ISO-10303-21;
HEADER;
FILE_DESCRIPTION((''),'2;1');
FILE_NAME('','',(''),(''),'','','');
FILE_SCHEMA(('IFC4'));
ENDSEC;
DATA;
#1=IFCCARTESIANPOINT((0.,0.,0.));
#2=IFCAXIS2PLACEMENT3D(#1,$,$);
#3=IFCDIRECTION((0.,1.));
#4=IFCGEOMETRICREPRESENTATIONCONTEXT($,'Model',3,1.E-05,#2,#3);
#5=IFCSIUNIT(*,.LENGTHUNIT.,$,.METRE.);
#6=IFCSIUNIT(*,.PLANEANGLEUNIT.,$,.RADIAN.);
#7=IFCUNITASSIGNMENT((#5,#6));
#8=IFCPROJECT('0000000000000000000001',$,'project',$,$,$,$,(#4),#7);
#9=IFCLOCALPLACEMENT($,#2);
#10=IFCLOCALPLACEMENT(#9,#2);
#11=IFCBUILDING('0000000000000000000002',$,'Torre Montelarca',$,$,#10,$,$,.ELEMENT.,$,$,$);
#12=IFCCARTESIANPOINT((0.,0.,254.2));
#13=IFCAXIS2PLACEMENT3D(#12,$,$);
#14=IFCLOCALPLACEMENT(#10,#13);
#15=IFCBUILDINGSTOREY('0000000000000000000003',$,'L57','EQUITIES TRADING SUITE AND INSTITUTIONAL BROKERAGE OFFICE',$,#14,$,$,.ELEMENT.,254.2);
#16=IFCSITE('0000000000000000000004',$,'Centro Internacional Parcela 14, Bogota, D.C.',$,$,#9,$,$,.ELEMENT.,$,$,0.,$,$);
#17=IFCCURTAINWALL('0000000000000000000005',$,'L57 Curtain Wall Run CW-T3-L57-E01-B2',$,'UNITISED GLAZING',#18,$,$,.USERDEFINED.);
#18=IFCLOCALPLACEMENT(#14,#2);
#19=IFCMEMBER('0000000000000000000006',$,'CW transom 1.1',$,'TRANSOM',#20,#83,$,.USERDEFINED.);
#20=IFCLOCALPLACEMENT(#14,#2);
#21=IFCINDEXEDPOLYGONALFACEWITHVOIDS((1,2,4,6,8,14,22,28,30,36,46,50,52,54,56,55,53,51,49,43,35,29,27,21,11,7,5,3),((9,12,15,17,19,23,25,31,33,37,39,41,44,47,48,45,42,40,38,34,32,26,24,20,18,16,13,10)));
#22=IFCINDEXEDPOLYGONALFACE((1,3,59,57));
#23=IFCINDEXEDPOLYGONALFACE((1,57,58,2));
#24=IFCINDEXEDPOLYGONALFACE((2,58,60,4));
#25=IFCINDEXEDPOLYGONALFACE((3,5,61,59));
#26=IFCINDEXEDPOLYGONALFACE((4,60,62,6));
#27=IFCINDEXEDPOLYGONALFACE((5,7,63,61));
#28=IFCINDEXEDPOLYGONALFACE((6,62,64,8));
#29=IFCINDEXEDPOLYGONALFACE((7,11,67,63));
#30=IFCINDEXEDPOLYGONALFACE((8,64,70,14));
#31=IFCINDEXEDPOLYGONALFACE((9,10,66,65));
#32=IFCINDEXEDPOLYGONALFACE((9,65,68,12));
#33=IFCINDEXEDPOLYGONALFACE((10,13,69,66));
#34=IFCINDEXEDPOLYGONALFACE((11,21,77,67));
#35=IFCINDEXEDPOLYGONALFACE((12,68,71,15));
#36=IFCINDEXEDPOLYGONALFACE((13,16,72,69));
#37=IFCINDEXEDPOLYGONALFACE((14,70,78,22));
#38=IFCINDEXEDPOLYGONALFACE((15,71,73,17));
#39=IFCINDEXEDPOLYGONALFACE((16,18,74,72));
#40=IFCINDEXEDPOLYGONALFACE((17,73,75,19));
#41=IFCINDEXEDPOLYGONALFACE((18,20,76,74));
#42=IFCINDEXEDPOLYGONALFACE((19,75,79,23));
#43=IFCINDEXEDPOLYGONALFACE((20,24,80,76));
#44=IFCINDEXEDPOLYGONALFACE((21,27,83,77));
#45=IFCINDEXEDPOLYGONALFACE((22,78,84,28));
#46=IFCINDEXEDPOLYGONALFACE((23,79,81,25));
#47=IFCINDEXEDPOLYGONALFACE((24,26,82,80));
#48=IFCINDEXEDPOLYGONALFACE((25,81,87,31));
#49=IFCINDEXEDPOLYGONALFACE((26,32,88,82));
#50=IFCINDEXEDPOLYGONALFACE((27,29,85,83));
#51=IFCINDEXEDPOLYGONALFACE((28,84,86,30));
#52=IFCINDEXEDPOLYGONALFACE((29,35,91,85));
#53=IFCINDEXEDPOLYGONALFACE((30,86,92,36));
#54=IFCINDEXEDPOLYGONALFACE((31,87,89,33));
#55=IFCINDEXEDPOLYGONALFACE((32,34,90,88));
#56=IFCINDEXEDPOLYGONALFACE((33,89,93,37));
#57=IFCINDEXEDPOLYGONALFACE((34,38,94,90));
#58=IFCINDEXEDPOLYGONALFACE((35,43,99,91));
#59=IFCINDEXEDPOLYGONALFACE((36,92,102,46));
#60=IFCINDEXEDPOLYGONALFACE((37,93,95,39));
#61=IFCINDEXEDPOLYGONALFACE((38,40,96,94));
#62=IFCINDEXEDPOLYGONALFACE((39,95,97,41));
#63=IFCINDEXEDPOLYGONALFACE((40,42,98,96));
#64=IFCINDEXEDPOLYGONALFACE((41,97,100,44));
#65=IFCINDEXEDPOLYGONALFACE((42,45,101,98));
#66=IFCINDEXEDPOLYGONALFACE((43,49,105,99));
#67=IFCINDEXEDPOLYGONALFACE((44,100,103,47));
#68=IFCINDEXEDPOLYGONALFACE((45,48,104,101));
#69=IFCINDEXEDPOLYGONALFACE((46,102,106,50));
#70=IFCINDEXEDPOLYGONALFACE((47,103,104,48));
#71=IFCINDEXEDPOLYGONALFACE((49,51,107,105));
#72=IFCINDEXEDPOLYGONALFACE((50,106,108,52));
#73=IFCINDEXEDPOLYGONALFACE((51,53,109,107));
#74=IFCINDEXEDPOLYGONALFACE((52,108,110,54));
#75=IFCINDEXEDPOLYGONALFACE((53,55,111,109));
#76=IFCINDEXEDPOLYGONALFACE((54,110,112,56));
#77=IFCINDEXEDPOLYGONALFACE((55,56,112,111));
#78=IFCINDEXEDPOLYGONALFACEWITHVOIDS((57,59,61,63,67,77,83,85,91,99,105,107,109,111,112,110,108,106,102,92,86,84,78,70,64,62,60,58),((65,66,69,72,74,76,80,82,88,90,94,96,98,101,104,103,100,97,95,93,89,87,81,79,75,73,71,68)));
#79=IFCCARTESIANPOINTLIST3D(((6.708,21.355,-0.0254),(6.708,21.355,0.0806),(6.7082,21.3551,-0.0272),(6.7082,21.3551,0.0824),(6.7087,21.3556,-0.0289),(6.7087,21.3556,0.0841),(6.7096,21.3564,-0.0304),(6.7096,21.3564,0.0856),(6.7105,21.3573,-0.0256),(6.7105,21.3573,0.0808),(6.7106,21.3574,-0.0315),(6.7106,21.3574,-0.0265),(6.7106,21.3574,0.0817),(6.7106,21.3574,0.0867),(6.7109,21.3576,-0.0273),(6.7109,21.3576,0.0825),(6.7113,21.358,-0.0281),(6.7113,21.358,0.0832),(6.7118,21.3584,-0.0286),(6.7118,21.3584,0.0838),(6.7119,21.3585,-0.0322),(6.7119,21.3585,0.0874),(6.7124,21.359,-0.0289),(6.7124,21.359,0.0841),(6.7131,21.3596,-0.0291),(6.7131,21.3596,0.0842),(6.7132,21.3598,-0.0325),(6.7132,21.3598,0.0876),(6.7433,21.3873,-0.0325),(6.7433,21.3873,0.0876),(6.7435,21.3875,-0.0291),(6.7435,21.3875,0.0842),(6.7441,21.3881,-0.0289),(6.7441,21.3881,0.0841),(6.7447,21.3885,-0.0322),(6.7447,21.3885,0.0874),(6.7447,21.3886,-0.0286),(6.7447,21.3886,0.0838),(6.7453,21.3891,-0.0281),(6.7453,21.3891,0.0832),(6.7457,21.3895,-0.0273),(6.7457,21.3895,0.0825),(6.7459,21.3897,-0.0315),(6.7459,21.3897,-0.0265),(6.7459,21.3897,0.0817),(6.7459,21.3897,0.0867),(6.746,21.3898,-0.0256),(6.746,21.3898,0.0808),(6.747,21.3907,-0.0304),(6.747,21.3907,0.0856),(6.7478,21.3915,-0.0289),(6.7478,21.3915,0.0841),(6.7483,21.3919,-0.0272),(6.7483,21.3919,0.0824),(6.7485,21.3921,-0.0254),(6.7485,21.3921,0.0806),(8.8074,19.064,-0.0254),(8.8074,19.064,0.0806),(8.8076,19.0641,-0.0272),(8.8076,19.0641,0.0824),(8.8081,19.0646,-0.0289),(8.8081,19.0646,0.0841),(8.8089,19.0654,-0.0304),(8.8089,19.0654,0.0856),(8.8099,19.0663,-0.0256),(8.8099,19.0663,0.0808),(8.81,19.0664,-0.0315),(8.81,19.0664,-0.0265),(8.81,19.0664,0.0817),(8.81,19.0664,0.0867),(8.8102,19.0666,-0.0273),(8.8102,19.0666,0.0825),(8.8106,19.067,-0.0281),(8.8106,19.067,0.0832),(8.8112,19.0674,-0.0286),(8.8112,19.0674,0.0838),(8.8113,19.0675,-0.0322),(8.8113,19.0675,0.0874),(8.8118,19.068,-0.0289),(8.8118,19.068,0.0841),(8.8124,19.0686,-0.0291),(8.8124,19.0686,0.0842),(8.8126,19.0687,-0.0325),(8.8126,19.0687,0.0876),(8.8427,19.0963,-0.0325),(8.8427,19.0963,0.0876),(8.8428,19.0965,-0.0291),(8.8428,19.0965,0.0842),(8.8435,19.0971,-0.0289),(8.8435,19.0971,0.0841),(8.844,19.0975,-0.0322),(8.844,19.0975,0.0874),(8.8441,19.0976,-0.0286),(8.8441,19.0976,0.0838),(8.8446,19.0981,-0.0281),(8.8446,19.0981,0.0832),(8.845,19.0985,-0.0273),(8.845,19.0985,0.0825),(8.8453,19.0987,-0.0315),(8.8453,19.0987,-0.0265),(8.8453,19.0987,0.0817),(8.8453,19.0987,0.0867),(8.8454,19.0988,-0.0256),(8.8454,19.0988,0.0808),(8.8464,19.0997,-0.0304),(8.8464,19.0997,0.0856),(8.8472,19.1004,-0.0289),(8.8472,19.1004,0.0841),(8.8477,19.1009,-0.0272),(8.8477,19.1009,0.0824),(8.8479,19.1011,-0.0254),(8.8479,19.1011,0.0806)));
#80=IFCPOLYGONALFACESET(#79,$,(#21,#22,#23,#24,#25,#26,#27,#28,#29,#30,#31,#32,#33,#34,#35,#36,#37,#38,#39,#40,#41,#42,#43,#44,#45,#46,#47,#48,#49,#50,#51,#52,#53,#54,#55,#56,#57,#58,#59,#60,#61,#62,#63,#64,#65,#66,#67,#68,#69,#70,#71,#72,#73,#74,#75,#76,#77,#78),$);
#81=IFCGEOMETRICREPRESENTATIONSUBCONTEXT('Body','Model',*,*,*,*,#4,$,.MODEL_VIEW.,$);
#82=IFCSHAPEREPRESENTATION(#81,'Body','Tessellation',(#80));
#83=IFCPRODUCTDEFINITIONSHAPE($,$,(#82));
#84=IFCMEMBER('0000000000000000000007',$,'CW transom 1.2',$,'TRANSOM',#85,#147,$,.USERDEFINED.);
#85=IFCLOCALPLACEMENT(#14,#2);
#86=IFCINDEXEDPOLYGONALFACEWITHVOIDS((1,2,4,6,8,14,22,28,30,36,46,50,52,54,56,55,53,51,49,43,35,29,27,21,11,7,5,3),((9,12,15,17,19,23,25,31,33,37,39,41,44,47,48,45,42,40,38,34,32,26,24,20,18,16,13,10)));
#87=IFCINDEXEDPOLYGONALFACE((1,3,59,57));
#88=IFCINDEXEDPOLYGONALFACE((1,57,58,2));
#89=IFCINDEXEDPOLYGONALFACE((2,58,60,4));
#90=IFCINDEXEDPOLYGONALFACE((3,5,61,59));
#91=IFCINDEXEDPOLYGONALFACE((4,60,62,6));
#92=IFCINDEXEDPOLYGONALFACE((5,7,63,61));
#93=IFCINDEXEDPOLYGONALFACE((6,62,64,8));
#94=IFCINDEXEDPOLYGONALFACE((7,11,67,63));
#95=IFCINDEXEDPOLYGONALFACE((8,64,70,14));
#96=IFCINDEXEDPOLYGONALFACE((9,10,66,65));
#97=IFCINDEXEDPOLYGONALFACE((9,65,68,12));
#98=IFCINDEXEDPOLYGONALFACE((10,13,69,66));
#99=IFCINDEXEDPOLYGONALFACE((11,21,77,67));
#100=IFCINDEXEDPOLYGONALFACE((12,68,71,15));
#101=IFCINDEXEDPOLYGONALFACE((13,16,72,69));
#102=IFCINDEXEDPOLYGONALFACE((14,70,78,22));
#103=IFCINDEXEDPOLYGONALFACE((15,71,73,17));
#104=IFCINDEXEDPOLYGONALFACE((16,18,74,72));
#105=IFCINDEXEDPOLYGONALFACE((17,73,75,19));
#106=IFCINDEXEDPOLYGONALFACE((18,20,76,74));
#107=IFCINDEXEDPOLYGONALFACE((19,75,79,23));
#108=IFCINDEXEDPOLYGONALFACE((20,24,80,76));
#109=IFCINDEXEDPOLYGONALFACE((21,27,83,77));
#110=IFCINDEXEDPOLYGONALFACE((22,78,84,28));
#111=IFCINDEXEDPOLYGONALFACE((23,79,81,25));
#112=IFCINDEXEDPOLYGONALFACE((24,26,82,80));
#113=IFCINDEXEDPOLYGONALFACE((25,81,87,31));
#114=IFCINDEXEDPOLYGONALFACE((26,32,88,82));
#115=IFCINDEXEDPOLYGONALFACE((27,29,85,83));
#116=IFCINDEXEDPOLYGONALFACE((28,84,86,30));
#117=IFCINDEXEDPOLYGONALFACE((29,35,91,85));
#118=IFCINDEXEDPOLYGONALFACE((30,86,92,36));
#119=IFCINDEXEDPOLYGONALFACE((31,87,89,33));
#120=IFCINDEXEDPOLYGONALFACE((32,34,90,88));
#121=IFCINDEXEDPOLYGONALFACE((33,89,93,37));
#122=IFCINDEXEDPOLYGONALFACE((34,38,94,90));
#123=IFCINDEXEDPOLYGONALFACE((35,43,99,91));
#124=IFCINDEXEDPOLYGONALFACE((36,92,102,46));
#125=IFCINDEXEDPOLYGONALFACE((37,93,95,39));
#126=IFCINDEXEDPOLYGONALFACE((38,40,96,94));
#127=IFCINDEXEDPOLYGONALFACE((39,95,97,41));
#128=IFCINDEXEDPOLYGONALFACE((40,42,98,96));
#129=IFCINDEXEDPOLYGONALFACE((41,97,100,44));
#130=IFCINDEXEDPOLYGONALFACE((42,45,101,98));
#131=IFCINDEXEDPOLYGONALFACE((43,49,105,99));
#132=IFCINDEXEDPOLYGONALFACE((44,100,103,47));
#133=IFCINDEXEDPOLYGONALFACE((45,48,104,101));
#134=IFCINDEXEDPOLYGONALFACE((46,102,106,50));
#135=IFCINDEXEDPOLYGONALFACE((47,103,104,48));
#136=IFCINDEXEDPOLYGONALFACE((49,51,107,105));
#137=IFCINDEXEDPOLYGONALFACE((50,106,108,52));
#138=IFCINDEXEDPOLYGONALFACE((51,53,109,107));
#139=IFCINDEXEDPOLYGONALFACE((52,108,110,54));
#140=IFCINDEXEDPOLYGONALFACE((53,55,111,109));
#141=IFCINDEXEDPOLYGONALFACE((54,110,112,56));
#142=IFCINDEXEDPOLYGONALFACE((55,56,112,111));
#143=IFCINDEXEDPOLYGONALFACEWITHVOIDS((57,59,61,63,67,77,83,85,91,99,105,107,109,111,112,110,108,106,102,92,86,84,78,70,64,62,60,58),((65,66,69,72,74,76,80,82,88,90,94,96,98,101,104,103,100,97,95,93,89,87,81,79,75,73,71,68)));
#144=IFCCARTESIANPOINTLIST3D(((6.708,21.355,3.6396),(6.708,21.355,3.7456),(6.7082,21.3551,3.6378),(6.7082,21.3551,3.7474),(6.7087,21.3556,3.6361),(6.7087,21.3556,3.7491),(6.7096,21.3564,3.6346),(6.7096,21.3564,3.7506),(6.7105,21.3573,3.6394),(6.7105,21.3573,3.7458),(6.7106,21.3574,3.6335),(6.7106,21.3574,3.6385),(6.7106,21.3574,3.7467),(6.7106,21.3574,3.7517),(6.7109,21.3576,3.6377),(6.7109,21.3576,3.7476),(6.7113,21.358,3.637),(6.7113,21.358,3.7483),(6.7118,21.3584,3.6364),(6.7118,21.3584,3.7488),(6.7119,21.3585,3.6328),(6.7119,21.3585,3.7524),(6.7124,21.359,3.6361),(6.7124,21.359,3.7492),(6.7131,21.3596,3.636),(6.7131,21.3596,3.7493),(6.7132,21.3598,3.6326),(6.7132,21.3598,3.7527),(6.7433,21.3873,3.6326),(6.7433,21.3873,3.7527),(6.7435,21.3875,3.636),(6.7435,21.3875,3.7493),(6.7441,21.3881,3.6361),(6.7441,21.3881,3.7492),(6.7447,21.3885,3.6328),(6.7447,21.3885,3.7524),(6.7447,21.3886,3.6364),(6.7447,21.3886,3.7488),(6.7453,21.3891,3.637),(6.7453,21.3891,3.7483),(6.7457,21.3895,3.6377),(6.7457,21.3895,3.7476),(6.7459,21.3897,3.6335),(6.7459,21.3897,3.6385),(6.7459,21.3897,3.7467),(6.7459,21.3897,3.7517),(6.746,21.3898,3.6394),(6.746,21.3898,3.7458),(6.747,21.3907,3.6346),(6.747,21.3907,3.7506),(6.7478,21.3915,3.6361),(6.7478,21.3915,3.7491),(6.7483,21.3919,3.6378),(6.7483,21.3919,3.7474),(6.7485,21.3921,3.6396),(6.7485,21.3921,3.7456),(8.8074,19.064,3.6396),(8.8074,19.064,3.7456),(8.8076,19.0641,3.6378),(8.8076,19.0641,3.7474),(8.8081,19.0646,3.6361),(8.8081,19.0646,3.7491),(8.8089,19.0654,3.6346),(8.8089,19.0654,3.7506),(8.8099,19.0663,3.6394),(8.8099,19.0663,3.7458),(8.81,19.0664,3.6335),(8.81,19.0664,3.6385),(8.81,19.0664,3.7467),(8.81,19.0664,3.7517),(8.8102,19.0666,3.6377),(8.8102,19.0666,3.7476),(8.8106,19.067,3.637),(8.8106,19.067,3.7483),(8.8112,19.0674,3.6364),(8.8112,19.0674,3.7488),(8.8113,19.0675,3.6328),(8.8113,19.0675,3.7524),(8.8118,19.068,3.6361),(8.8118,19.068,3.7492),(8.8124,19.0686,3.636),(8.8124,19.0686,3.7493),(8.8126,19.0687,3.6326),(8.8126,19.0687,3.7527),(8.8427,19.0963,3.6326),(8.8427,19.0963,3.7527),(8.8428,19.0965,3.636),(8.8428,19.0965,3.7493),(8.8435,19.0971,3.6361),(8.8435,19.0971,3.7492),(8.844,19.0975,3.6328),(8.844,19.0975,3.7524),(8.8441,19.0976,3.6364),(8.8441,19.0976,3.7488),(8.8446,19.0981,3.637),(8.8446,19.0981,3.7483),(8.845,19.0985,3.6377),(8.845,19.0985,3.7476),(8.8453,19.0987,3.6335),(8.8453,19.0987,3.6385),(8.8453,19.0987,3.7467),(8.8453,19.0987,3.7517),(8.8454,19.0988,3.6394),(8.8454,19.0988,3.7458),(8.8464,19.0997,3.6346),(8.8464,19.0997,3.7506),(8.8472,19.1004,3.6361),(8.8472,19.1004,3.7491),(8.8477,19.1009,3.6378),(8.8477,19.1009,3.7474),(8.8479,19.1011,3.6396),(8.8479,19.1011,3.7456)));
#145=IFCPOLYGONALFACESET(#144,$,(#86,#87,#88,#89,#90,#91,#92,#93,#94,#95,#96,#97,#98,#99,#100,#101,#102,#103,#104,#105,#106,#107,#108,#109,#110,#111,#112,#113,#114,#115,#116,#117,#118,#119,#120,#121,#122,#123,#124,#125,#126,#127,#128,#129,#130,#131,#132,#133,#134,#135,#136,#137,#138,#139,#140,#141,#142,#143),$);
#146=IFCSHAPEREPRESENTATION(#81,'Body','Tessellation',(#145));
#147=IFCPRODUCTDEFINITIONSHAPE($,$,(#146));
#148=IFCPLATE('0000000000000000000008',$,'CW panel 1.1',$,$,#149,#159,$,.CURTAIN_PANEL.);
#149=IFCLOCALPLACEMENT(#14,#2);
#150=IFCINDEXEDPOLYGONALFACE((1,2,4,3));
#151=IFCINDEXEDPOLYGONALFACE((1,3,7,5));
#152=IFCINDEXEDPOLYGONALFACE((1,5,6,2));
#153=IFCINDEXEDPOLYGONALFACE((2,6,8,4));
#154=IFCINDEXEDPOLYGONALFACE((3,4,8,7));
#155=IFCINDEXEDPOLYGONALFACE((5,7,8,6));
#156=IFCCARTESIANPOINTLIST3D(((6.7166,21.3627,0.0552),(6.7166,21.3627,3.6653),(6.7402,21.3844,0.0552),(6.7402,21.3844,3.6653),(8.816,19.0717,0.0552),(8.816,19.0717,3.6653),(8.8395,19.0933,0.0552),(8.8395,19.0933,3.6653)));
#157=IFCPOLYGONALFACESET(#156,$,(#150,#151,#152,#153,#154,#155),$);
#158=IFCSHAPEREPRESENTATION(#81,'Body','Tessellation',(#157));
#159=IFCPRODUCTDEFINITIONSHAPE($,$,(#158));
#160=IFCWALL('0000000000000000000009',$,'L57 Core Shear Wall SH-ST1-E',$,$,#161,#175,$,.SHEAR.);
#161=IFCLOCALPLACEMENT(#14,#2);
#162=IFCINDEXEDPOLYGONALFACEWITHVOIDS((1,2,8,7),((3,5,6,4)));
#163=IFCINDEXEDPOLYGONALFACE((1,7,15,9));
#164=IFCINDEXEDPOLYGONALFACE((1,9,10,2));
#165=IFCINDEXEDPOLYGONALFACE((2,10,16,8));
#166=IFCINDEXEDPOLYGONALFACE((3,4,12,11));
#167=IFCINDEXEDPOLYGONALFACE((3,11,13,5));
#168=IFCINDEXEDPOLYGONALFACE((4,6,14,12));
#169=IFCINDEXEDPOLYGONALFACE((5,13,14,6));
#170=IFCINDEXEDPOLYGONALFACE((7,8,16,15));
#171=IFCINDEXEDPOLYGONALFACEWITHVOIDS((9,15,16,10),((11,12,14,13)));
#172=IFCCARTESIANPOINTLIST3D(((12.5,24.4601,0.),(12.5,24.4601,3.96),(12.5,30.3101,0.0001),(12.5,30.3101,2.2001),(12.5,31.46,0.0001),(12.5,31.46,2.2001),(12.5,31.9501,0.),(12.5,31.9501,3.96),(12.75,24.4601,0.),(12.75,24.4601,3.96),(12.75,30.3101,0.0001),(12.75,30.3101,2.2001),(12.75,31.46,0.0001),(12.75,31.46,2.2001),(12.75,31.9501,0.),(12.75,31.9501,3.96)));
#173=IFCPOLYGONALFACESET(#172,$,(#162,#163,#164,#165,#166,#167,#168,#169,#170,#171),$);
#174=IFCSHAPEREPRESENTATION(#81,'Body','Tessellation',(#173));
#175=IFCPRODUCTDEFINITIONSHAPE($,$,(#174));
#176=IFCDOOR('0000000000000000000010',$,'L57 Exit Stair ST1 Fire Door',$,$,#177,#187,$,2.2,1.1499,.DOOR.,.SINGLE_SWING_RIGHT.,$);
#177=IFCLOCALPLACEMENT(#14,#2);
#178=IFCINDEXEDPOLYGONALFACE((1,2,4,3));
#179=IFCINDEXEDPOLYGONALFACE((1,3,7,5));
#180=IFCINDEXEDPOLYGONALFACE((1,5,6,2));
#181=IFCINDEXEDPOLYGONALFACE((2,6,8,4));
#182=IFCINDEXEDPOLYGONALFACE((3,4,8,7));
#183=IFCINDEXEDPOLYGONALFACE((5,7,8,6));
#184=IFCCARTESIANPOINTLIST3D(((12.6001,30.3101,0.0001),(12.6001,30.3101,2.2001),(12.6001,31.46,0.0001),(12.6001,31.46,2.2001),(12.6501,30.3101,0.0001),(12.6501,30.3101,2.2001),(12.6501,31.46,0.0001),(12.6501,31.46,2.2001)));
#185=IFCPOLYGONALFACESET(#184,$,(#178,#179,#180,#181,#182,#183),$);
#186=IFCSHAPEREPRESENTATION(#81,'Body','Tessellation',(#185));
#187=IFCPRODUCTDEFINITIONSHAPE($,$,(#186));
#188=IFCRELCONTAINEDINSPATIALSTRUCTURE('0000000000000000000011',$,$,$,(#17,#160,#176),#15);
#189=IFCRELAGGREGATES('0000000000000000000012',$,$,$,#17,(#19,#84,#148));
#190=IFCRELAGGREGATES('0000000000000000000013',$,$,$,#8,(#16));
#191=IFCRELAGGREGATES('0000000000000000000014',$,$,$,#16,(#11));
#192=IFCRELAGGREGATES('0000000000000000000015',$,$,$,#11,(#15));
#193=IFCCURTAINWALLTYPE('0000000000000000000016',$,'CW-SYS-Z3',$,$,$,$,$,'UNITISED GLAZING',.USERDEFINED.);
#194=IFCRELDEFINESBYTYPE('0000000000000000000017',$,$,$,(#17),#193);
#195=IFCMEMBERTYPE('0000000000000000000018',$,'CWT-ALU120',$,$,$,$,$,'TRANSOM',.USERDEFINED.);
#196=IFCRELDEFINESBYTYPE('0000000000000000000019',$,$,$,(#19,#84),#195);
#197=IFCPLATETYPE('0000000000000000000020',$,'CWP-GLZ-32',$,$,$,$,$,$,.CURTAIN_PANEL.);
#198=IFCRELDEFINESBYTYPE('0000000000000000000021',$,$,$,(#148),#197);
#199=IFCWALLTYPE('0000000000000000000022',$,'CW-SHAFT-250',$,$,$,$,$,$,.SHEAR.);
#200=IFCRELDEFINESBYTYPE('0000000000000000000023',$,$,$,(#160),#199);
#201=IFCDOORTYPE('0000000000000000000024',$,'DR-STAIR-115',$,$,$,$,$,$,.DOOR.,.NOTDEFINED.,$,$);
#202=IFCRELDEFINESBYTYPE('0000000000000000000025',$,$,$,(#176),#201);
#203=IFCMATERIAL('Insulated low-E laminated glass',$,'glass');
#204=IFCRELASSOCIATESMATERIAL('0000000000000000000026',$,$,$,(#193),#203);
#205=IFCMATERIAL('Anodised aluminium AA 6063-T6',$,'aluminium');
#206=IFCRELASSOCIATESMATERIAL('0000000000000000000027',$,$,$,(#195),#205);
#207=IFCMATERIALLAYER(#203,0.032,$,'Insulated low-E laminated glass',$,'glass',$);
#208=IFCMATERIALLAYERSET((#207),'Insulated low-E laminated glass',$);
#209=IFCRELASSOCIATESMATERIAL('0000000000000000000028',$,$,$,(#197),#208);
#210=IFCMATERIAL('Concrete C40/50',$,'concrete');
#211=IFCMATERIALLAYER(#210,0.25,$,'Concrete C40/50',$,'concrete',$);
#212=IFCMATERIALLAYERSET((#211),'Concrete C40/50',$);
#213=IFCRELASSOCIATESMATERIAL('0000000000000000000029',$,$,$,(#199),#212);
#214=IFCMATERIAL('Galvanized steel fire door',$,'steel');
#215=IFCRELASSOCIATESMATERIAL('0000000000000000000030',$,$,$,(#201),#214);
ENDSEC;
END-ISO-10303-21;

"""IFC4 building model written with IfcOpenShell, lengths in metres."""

from ifc_helpers import new_model, si_unit, direction, frame, frame_2d, origin, origin_2d, place, context, subcontext, project, spatial, rectangle, hollow_rectangle, extrude, source, transform, mapped, material, layer, layer_set, material_profile, profile_set, type_object, element, fill, aggregate, save


model = new_model("IFC4")

# Units and contexts
model_context = context("Model", 3, precision=1e-05, world=origin(), true_north=direction((0.0, 1.0)))
body_context = subcontext(model_context, "Body", "Model", "MODEL_VIEW")
ifc_project = project(units=[si_unit("LENGTHUNIT", "METRE"), si_unit("PLANEANGLEUNIT", "RADIAN")], contexts=[model_context])

# Site, building, storey
site_placement = place(None, origin())
site = spatial("IfcSite", under=ifc_project, at=site_placement, Name="Centro Internacional Parcela 14, Bogota, D.C.", CompositionType="ELEMENT", RefElevation=0.0)
building_placement = place(site_placement, origin())
building = spatial("IfcBuilding", under=site, at=building_placement, Name="Torre Montelarca", CompositionType="ELEMENT")
storey_placement = place(building_placement, frame((0.0, 0.0, 254.2)))
storey = spatial("IfcBuildingStorey", under=building, at=storey_placement, Name="L57", Description="EQUITIES TRADING SUITE AND INSTITUTIONAL BROKERAGE OFFICE", CompositionType="ELEMENT", Elevation=254.2)

# Shared definitions
ifc_material_1 = material(Name="Concrete C40/50", Category="concrete")

# Curtain wall, members, plate
ifc_material_2 = material(Name="Insulated low-E laminated glass", Category="glass")
curtain_wall_type = type_object("IfcCurtainWallType", Name="CW-SYS-Z3", ElementType="UNITISED GLAZING", PredefinedType="USERDEFINED", material=ifc_material_2)
curtain_wall_placement = place(storey_placement, origin())
curtain_wall = element("IfcCurtainWall", 1, at=curtain_wall_placement, inside=storey, type_object=curtain_wall_type, Name="L57 Curtain Wall Run CW-T3-L57-E01-B2", ObjectType="UNITISED GLAZING", PredefinedType="USERDEFINED")
ifc_material_3 = material(Name="Anodised aluminium AA 6063-T6", Category="aluminium")
ifc_material_profile_1 = material_profile(ifc_material_3, hollow_rectangle(XDim=0.0549, YDim=0.1201, WallThickness=0.0034, InnerFilletRadius=0.0034, OuterFilletRadius=0.0071, at=origin_2d()), Name="ALU55X120X3.5", Category="aluminium")
ifc_profile_set_1 = profile_set([ifc_material_profile_1], Name="Anodised aluminium AA 6063-T6")
member_type_1 = type_object("IfcMemberType", Name="CWT-ALU120", ElementType="TRANSOM", PredefinedType="USERDEFINED", material=ifc_profile_set_1)
shared_shape_1 = source(origin(), body_context, "Body", "SweptSolid", [
    extrude(hollow_rectangle(XDim=0.0549, YDim=0.1201, WallThickness=0.0034, InnerFilletRadius=0.0034, OuterFilletRadius=0.0071, at=origin_2d()), origin(), (0.0, 0.0, 1.0), 3.1074),
])
member_1_placement = place(storey_placement, frame((6.7283, 21.3735, 0.0276), z_axis=(0.675597, -0.737272, 0.0), x_axis=(0.737272, 0.675597, 0.0)))
member_1 = element("IfcMember", 2, at=member_1_placement, type_object=member_type_1, Name="CW transom 1.1", ObjectType="TRANSOM", PredefinedType="USERDEFINED", context=body_context, shape_type="MappedRepresentation", body=[
    mapped(shared_shape_1, transform((0.0, 0.0, 0.0), scale=1.0)),
])
member_2_placement = place(storey_placement, frame((6.7283, 21.3735, 3.6926), z_axis=(0.675597, -0.737272, 0.0), x_axis=(0.737272, 0.675597, 0.0)))
member_2 = element("IfcMember", 3, at=member_2_placement, type_object=member_type_1, Name="CW transom 1.2", ObjectType="TRANSOM", PredefinedType="USERDEFINED", context=body_context, shape_type="MappedRepresentation", body=[
    mapped(shared_shape_1, transform((0.0, 0.0, 0.0), scale=1.0)),
])
ifc_layer_1 = layer(ifc_material_2, 0.032, Name="Insulated low-E laminated glass", Category="glass")
ifc_layer_set_1 = layer_set([ifc_layer_1], Name="Insulated low-E laminated glass")
plate_type = type_object("IfcPlateType", Name="CWP-GLZ-32", PredefinedType="CURTAIN_PANEL", material=ifc_layer_set_1)
shared_shape_2 = source(origin(), body_context, "Body", "SweptSolid", [
    extrude(rectangle(XDim=3.1074, YDim=0.032, at=origin_2d()), origin(), (0.0, 0.0, 1.0), 3.6101),
])
plate_placement = place(storey_placement, frame((7.7781, 20.228, 0.0552), z_axis=(0.0, 0.0, 1.0), x_axis=(0.675588, -0.73728, 0.0)))
plate = element("IfcPlate", 4, at=plate_placement, type_object=plate_type, Name="CW panel 1.1", PredefinedType="CURTAIN_PANEL", context=body_context, shape_type="MappedRepresentation", body=[
    mapped(shared_shape_2, transform((0.0, 0.0, 0.0), scale=1.0)),
])
aggregate(curtain_wall, [member_1, member_2, plate])

# Wall, opening, door
ifc_layer_2 = layer(ifc_material_1, 0.25, Name="Concrete C40/50", Category="concrete")
ifc_layer_set_2 = layer_set([ifc_layer_2], Name="Concrete C40/50")
wall_type_1 = type_object("IfcWallType", Name="CW-SHAFT-250", PredefinedType="SHEAR", material=ifc_layer_set_2)
wall_1_placement = place(storey_placement, frame((12.625, 24.46, 0.0), z_axis=(0.0, 0.0, 1.0), x_axis=(0.0, 1.0, 0.0)))
wall_1 = element("IfcWall", 5, at=wall_1_placement, inside=storey, type_object=wall_type_1, Name="L57 Core Shear Wall SH-ST1-E", PredefinedType="SHEAR", context=body_context, shape_type="SweptSolid", body=[
    extrude(rectangle(XDim=7.49, YDim=0.25, at=frame_2d((3.7451, 0.0))), origin(), (0.0, 0.0, 1.0), 3.96),
])
opening_1_placement = place(wall_1_placement, frame((5.8501, 0.0, 0.0)))
opening_1 = element("IfcOpeningElement", 6, at=opening_1_placement, cuts=wall_1, PredefinedType="OPENING", context=body_context, shape_type="SweptSolid", body=[
    extrude(rectangle(XDim=1.1499, YDim=2.2, at=frame_2d((0.575, 1.1001))), frame((0.0, 0.135, 0.0), z_axis=(0.0, -1.0, 0.0), x_axis=(1.0, 0.0, 0.0)), (0.0, 0.0, 1.0), 0.27),
])
ifc_material_4 = material(Name="Galvanized steel fire door", Category="steel")
door_type_1 = type_object("IfcDoorType", Name="DR-STAIR-115", OperationType="NOTDEFINED", PredefinedType="DOOR", material=ifc_material_4)
shared_shape_3 = source(origin(), body_context, "Body", "SweptSolid", [
    extrude(rectangle(XDim=1.1499, YDim=2.2, at=frame_2d((0.575, 1.1001))), frame((0.0, 0.0249, 0.0), z_axis=(0.0, -1.0, 0.0), x_axis=(1.0, 0.0, 0.0)), (0.0, 0.0, 1.0), 0.05),
])
door_1_placement = place(opening_1_placement, origin())
door_1 = element("IfcDoor", 7, at=door_1_placement, inside=storey, type_object=door_type_1, Name="L57 Exit Stair ST1 Fire Door", OperationType="SINGLE_SWING_RIGHT", OverallHeight=2.2, OverallWidth=1.1499, PredefinedType="DOOR", context=body_context, shape_type="MappedRepresentation", body=[
    mapped(shared_shape_3, transform((0.0, 0.0, 0.0), scale=1.0)),
])
fill(opening_1, door_1)

save(model, "model.ifc")
